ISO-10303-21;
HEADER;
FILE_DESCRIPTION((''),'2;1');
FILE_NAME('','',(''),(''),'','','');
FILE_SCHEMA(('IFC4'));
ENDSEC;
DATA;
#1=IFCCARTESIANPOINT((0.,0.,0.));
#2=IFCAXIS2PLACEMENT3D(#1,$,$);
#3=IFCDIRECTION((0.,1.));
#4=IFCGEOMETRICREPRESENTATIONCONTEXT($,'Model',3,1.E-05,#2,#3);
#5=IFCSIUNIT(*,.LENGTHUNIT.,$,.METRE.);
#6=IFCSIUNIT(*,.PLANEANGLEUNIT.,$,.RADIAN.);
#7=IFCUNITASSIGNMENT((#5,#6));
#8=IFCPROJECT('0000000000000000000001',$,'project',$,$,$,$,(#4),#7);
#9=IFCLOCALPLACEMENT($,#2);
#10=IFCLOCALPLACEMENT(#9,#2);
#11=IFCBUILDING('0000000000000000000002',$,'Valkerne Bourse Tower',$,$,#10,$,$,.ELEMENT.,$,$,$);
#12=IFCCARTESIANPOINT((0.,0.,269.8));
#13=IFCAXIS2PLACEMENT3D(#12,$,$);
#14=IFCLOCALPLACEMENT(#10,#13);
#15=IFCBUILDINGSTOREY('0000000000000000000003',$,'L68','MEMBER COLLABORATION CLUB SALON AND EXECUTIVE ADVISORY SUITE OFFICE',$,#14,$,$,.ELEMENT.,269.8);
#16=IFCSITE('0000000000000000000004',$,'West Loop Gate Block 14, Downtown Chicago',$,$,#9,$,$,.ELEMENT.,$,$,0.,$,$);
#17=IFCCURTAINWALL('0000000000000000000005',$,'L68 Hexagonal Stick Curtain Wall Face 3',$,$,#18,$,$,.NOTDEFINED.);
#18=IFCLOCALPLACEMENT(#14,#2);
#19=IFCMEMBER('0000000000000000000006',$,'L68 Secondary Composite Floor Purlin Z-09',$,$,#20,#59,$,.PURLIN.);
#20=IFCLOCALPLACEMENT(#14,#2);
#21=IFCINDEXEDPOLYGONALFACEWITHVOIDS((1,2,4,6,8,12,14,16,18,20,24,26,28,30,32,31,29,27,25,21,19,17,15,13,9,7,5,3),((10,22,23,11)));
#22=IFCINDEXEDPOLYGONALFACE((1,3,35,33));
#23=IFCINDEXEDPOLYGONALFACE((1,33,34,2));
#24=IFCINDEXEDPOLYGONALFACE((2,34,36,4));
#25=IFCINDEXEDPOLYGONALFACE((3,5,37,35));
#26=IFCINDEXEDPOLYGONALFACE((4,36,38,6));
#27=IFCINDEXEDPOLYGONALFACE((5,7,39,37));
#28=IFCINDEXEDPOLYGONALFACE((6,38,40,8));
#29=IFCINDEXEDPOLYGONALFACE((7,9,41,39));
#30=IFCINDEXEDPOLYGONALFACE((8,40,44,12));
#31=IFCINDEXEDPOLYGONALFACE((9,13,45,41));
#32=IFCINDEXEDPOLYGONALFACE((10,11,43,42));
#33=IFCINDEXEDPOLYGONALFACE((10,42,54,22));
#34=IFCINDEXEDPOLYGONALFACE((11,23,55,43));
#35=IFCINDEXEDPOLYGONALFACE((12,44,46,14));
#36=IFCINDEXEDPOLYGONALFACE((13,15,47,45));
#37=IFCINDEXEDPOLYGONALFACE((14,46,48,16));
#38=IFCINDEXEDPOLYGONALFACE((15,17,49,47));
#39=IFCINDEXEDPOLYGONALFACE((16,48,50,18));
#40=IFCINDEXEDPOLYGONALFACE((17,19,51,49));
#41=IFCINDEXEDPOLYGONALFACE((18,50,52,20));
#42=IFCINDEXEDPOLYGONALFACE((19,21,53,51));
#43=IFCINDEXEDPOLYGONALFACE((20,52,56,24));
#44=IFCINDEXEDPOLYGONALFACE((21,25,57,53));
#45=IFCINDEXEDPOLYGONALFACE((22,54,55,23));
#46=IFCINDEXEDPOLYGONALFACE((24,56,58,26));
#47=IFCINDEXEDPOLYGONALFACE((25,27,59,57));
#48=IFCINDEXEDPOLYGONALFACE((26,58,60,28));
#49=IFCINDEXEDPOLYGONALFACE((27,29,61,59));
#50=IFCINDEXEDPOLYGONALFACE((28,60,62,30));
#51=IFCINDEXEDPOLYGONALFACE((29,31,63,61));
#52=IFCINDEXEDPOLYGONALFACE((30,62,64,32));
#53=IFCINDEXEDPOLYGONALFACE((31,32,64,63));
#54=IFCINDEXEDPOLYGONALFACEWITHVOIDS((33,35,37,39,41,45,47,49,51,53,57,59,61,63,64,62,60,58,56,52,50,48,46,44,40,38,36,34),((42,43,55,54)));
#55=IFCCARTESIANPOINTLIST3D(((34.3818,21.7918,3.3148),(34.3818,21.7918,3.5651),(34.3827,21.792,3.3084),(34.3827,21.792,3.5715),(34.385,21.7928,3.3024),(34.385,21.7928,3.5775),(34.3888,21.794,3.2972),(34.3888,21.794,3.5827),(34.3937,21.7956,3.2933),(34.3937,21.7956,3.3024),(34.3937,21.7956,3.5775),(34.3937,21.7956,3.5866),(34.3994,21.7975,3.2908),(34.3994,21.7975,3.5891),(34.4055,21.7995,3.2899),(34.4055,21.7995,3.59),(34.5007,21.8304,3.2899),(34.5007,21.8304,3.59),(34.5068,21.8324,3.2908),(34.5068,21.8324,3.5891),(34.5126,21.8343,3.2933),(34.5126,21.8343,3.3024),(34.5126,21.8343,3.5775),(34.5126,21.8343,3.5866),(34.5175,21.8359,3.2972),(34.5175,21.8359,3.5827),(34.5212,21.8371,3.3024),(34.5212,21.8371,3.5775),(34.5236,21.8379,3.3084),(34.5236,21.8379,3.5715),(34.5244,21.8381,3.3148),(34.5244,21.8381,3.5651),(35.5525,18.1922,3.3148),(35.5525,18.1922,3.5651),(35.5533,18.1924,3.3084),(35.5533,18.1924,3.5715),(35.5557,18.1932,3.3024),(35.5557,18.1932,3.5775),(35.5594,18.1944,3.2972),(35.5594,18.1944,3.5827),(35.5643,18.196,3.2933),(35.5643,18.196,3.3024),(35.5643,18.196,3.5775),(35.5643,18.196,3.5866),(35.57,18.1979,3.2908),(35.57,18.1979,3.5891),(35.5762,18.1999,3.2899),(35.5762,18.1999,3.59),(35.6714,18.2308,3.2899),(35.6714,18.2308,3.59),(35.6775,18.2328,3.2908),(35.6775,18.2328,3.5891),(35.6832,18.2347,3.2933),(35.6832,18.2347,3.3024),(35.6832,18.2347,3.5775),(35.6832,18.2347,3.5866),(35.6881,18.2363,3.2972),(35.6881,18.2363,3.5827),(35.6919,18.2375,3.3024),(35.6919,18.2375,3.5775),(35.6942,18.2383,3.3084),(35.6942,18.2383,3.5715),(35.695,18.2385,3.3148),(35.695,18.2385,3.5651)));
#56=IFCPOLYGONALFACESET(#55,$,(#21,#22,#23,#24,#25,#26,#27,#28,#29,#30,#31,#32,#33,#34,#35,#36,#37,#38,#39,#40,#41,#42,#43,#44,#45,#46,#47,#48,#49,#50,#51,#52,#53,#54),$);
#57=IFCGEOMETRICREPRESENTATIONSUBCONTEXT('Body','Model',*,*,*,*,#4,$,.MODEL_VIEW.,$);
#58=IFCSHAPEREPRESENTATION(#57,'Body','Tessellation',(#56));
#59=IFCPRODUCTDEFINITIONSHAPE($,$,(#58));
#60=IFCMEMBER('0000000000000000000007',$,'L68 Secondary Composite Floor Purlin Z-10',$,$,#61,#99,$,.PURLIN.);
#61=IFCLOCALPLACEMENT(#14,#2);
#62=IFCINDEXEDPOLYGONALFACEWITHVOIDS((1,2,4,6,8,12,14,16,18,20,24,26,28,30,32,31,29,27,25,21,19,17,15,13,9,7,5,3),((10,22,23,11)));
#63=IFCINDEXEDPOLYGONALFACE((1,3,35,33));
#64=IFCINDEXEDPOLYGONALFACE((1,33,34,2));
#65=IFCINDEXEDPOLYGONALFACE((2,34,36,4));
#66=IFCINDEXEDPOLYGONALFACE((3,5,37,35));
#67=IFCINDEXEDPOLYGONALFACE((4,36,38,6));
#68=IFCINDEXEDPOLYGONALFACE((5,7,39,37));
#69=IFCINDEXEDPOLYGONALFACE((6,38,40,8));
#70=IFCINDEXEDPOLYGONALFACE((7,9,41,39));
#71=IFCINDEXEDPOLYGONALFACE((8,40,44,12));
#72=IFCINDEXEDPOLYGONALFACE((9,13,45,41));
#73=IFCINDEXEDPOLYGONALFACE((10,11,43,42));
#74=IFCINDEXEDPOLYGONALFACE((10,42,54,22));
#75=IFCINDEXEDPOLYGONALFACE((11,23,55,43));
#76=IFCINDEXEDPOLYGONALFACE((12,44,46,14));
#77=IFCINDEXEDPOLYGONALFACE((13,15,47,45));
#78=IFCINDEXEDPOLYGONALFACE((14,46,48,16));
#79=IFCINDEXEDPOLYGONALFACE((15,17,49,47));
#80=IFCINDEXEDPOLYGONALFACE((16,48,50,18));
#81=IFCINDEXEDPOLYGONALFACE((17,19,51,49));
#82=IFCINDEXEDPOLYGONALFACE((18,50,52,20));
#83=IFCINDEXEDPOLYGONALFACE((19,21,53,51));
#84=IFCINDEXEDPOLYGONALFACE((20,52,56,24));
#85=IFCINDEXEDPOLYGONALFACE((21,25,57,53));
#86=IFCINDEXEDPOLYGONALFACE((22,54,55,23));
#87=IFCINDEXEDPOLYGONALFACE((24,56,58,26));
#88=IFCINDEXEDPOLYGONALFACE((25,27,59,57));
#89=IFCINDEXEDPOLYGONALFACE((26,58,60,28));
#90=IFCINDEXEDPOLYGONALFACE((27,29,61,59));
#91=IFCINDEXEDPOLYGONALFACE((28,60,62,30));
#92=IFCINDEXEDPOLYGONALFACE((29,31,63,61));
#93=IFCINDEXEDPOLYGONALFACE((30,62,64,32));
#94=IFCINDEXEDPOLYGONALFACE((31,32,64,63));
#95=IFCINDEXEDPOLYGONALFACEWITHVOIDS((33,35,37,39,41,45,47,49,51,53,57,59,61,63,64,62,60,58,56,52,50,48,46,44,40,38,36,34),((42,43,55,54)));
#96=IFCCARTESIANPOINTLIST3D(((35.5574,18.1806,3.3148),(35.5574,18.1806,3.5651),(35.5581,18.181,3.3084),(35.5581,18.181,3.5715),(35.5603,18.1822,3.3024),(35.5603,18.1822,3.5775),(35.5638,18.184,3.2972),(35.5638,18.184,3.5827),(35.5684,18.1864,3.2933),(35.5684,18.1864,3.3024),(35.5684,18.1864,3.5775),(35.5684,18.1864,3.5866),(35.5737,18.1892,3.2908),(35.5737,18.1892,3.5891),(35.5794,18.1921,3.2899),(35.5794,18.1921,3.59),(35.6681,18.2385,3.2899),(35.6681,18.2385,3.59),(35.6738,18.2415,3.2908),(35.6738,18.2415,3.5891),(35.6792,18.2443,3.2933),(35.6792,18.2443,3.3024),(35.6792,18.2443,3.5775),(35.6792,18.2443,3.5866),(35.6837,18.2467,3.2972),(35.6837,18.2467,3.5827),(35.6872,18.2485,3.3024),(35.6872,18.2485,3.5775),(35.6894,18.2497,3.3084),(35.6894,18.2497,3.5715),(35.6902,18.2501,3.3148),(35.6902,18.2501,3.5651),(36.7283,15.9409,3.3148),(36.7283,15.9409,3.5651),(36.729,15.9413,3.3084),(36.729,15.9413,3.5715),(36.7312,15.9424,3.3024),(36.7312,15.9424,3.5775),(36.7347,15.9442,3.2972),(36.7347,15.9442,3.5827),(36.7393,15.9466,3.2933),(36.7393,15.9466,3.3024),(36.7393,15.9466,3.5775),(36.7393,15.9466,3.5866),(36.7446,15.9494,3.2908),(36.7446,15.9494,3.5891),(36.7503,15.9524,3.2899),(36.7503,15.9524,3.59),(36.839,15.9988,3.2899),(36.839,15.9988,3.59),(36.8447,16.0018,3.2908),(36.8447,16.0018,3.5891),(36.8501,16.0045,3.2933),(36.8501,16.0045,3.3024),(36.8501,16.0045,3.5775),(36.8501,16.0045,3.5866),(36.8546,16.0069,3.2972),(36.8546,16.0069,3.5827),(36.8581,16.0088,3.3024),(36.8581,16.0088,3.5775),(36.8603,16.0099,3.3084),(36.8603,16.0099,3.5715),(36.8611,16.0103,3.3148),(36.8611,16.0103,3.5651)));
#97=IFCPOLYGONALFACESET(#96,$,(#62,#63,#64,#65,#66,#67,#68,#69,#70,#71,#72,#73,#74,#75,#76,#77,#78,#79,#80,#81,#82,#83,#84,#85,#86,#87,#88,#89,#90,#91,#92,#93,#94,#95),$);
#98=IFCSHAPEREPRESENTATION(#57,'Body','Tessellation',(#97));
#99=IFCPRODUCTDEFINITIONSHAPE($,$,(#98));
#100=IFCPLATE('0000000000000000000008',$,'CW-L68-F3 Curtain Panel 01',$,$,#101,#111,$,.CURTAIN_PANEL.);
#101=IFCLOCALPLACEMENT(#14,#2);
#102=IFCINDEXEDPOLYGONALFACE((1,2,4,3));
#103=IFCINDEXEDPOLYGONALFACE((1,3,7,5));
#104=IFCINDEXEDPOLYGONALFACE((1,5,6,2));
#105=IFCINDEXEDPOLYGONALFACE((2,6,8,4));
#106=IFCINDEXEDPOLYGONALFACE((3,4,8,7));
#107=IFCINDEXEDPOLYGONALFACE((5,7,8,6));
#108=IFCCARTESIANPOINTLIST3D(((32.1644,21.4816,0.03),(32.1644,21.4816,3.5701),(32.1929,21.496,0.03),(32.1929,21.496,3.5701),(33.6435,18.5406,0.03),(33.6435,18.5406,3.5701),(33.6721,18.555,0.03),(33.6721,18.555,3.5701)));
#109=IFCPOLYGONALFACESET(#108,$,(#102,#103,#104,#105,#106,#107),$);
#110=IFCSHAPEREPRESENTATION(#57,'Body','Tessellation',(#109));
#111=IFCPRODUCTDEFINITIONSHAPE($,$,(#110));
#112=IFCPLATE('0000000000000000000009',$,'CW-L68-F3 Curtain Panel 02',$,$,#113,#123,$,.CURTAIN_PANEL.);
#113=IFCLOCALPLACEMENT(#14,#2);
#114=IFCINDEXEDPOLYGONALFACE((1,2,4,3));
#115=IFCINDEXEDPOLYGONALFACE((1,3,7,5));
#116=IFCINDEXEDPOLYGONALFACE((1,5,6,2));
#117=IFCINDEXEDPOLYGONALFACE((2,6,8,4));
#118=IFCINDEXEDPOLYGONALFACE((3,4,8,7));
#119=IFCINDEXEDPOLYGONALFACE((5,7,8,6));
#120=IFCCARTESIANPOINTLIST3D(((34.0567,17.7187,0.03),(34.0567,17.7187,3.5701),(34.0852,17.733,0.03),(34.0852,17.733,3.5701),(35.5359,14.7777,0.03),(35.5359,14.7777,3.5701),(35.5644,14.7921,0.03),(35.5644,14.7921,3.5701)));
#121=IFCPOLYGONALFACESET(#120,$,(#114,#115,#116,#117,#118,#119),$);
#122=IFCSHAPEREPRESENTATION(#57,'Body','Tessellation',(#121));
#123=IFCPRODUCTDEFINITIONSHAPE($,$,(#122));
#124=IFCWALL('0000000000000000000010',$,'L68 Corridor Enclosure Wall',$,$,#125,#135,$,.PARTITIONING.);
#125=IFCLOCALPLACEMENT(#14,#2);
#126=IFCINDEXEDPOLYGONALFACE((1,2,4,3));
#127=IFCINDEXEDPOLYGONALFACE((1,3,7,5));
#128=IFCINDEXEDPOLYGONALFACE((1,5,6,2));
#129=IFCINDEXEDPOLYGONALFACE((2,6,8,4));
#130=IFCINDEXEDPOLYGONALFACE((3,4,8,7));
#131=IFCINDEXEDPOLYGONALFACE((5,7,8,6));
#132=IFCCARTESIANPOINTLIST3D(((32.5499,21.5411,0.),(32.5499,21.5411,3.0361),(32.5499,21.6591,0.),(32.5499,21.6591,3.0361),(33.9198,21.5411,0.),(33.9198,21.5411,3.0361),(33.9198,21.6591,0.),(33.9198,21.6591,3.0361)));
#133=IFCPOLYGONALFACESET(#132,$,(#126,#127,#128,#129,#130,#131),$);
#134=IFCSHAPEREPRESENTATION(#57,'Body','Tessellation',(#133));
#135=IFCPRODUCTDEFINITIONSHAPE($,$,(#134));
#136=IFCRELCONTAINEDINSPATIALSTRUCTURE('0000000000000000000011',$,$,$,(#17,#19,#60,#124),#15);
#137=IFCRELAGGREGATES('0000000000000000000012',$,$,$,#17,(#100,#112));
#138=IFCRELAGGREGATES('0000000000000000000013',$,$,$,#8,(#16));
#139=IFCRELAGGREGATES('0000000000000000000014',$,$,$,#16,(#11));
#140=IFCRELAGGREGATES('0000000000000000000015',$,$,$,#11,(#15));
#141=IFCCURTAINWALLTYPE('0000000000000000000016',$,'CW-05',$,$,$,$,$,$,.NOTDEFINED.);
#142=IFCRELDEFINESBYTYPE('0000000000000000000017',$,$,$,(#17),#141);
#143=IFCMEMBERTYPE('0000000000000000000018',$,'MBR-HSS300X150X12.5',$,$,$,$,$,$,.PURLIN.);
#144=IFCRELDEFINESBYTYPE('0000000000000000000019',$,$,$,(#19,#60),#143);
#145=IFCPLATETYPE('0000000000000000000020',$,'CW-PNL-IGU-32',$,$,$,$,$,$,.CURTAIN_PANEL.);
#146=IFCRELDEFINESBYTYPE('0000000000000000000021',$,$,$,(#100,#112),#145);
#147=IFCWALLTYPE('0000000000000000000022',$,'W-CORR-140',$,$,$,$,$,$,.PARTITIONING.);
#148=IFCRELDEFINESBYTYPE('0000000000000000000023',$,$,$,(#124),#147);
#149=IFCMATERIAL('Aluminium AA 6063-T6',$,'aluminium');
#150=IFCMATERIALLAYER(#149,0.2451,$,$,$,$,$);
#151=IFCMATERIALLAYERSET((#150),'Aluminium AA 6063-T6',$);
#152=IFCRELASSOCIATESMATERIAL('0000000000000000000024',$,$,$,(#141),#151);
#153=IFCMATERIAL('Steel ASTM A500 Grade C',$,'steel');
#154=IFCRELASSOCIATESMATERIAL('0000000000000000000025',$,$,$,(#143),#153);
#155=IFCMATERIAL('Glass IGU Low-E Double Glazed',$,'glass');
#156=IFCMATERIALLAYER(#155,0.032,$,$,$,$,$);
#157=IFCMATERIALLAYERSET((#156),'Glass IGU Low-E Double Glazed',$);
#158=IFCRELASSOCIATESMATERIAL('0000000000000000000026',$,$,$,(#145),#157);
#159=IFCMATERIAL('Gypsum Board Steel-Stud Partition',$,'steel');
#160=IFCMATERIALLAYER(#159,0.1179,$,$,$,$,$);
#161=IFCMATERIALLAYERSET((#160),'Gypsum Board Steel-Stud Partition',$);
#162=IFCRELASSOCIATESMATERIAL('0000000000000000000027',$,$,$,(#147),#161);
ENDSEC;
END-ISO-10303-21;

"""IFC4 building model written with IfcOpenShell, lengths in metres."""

from ifc_helpers import new_model, si_unit, direction, frame, frame_2d, origin, origin_2d, place, context, subcontext, project, spatial, rectangle, hollow_rectangle, extrude, material, layer, layer_set, material_profile, profile_set, type_object, element, aggregate, save


model = new_model("IFC4")

# Units and contexts
model_context = context("Model", 3, precision=1e-05, world=origin(), true_north=direction((0.0, 1.0)))
body_context = subcontext(model_context, "Body", "Model", "MODEL_VIEW")
ifc_project = project(units=[si_unit("LENGTHUNIT", "METRE"), si_unit("PLANEANGLEUNIT", "RADIAN")], contexts=[model_context])

# Site, building, storey
site_placement = place(None, origin())
site = spatial("IfcSite", under=ifc_project, at=site_placement, Name="West Loop Gate Block 14, Downtown Chicago", CompositionType="ELEMENT", RefElevation=0.0)
building_placement = place(site_placement, origin())
building = spatial("IfcBuilding", under=site, at=building_placement, Name="Valkerne Bourse Tower", CompositionType="ELEMENT")
storey_placement = place(building_placement, frame((0.0, 0.0, 269.8)))
storey = spatial("IfcBuildingStorey", under=building, at=storey_placement, Name="L68", Description="MEMBER COLLABORATION CLUB SALON AND EXECUTIVE ADVISORY SUITE OFFICE", CompositionType="ELEMENT", Elevation=269.8)

# Curtain wall
ifc_material_1 = material(Name="Aluminium AA 6063-T6", Category="aluminium")
ifc_layer_1 = layer(ifc_material_1, 0.2451)
ifc_layer_set_1 = layer_set([ifc_layer_1], Name="Aluminium AA 6063-T6")
curtain_wall_type = type_object("IfcCurtainWallType", Name="CW-05", PredefinedType="NOTDEFINED", material=ifc_layer_set_1)
curtain_wall_placement = place(storey_placement, origin())
curtain_wall = element("IfcCurtainWall", 1, at=curtain_wall_placement, inside=storey, type_object=curtain_wall_type, Name="L68 Hexagonal Stick Curtain Wall Face 3", PredefinedType="NOTDEFINED")

# Members
ifc_material_2 = material(Name="Steel ASTM A500 Grade C", Category="steel")
ifc_material_profile_1 = material_profile(ifc_material_2, hollow_rectangle(XDim=0.1499, YDim=0.3, WallThickness=0.0125, OuterFilletRadius=0.0249, at=origin_2d()), Name="HSS300X150X12.5")
ifc_profile_set_1 = profile_set([ifc_material_profile_1], Name="Steel ASTM A500 Grade C")
member_type_1 = type_object("IfcMemberType", Name="MBR-HSS300X150X12.5", PredefinedType="PURLIN", material=ifc_profile_set_1)
member_1_placement = place(storey_placement, frame((34.4531, 21.8149, 3.4399), z_axis=(0.309273, -0.950973, 0.0), x_axis=(0.950973, 0.309273, 0.0)))
element("IfcMember", 2, at=member_1_placement, inside=storey, type_object=member_type_1, Name="L68 Secondary Composite Floor Purlin Z-09", PredefinedType="PURLIN", context=body_context, shape_type="SweptSolid", body=[
    extrude(hollow_rectangle(XDim=0.1499, YDim=0.3, WallThickness=0.0125, OuterFilletRadius=0.0249, at=origin_2d()), origin(), (0.0, 0.0, 1.0), 3.7852),
])
member_2_placement = place(storey_placement, frame((35.6238, 18.2153, 3.4399), z_axis=(0.463292, -0.886206, 0.0), x_axis=(0.886206, 0.463292, 0.0)))
element("IfcMember", 3, at=member_2_placement, inside=storey, type_object=member_type_1, Name="L68 Secondary Composite Floor Purlin Z-10", PredefinedType="PURLIN", context=body_context, shape_type="SweptSolid", body=[
    extrude(hollow_rectangle(XDim=0.1499, YDim=0.3, WallThickness=0.0125, OuterFilletRadius=0.0249, at=origin_2d()), origin(), (0.0, 0.0, 1.0), 2.5273),
])

# Plates
ifc_material_3 = material(Name="Glass IGU Low-E Double Glazed", Category="glass")
ifc_layer_2 = layer(ifc_material_3, 0.032)
ifc_layer_set_2 = layer_set([ifc_layer_2], Name="Glass IGU Low-E Double Glazed")
plate_type = type_object("IfcPlateType", Name="CW-PNL-IGU-32", PredefinedType="CURTAIN_PANEL", material=ifc_layer_set_2)
plate_1_placement = place(storey_placement, frame((32.9182, 20.0183, 0.03), z_axis=(0.0, 0.0, 1.0), x_axis=(0.449311, -0.893375, 0.0)))
plate_1 = element("IfcPlate", 4, at=plate_1_placement, type_object=plate_type, Name="CW-L68-F3 Curtain Panel 01", PredefinedType="CURTAIN_PANEL", context=body_context, shape_type="SweptSolid", body=[
    extrude(rectangle(XDim=3.292, YDim=0.032, at=origin_2d()), origin(), (0.0, 0.0, 1.0), 3.54),
])
plate_2_placement = place(storey_placement, frame((34.8105, 16.2554, 0.03), z_axis=(0.0, 0.0, 1.0), x_axis=(0.44933, -0.893366, 0.0)))
plate_2 = element("IfcPlate", 5, at=plate_2_placement, type_object=plate_type, Name="CW-L68-F3 Curtain Panel 02", PredefinedType="CURTAIN_PANEL", context=body_context, shape_type="SweptSolid", body=[
    extrude(rectangle(XDim=3.292, YDim=0.032, at=origin_2d()), origin(), (0.0, 0.0, 1.0), 3.54),
])
aggregate(curtain_wall, [plate_1, plate_2])

# Wall
ifc_material_4 = material(Name="Gypsum Board Steel-Stud Partition", Category="steel")
ifc_layer_3 = layer(ifc_material_4, 0.1179)
ifc_layer_set_3 = layer_set([ifc_layer_3], Name="Gypsum Board Steel-Stud Partition")
wall_type = type_object("IfcWallType", Name="W-CORR-140", PredefinedType="PARTITIONING", material=ifc_layer_set_3)
wall_placement = place(storey_placement, frame((33.9199, 21.6001, 0.0), z_axis=(0.0, 0.0, 1.0), x_axis=(-1.0, 0.0, 0.0)))
element("IfcWall", 6, at=wall_placement, inside=storey, type_object=wall_type, Name="L68 Corridor Enclosure Wall", PredefinedType="PARTITIONING", context=body_context, shape_type="SweptSolid", body=[
    extrude(rectangle(XDim=1.3699, YDim=0.1179, at=frame_2d((0.6851, 0.0))), origin(), (0.0, 0.0, 1.0), 3.0361),
])

save(model, "model.ifc")
